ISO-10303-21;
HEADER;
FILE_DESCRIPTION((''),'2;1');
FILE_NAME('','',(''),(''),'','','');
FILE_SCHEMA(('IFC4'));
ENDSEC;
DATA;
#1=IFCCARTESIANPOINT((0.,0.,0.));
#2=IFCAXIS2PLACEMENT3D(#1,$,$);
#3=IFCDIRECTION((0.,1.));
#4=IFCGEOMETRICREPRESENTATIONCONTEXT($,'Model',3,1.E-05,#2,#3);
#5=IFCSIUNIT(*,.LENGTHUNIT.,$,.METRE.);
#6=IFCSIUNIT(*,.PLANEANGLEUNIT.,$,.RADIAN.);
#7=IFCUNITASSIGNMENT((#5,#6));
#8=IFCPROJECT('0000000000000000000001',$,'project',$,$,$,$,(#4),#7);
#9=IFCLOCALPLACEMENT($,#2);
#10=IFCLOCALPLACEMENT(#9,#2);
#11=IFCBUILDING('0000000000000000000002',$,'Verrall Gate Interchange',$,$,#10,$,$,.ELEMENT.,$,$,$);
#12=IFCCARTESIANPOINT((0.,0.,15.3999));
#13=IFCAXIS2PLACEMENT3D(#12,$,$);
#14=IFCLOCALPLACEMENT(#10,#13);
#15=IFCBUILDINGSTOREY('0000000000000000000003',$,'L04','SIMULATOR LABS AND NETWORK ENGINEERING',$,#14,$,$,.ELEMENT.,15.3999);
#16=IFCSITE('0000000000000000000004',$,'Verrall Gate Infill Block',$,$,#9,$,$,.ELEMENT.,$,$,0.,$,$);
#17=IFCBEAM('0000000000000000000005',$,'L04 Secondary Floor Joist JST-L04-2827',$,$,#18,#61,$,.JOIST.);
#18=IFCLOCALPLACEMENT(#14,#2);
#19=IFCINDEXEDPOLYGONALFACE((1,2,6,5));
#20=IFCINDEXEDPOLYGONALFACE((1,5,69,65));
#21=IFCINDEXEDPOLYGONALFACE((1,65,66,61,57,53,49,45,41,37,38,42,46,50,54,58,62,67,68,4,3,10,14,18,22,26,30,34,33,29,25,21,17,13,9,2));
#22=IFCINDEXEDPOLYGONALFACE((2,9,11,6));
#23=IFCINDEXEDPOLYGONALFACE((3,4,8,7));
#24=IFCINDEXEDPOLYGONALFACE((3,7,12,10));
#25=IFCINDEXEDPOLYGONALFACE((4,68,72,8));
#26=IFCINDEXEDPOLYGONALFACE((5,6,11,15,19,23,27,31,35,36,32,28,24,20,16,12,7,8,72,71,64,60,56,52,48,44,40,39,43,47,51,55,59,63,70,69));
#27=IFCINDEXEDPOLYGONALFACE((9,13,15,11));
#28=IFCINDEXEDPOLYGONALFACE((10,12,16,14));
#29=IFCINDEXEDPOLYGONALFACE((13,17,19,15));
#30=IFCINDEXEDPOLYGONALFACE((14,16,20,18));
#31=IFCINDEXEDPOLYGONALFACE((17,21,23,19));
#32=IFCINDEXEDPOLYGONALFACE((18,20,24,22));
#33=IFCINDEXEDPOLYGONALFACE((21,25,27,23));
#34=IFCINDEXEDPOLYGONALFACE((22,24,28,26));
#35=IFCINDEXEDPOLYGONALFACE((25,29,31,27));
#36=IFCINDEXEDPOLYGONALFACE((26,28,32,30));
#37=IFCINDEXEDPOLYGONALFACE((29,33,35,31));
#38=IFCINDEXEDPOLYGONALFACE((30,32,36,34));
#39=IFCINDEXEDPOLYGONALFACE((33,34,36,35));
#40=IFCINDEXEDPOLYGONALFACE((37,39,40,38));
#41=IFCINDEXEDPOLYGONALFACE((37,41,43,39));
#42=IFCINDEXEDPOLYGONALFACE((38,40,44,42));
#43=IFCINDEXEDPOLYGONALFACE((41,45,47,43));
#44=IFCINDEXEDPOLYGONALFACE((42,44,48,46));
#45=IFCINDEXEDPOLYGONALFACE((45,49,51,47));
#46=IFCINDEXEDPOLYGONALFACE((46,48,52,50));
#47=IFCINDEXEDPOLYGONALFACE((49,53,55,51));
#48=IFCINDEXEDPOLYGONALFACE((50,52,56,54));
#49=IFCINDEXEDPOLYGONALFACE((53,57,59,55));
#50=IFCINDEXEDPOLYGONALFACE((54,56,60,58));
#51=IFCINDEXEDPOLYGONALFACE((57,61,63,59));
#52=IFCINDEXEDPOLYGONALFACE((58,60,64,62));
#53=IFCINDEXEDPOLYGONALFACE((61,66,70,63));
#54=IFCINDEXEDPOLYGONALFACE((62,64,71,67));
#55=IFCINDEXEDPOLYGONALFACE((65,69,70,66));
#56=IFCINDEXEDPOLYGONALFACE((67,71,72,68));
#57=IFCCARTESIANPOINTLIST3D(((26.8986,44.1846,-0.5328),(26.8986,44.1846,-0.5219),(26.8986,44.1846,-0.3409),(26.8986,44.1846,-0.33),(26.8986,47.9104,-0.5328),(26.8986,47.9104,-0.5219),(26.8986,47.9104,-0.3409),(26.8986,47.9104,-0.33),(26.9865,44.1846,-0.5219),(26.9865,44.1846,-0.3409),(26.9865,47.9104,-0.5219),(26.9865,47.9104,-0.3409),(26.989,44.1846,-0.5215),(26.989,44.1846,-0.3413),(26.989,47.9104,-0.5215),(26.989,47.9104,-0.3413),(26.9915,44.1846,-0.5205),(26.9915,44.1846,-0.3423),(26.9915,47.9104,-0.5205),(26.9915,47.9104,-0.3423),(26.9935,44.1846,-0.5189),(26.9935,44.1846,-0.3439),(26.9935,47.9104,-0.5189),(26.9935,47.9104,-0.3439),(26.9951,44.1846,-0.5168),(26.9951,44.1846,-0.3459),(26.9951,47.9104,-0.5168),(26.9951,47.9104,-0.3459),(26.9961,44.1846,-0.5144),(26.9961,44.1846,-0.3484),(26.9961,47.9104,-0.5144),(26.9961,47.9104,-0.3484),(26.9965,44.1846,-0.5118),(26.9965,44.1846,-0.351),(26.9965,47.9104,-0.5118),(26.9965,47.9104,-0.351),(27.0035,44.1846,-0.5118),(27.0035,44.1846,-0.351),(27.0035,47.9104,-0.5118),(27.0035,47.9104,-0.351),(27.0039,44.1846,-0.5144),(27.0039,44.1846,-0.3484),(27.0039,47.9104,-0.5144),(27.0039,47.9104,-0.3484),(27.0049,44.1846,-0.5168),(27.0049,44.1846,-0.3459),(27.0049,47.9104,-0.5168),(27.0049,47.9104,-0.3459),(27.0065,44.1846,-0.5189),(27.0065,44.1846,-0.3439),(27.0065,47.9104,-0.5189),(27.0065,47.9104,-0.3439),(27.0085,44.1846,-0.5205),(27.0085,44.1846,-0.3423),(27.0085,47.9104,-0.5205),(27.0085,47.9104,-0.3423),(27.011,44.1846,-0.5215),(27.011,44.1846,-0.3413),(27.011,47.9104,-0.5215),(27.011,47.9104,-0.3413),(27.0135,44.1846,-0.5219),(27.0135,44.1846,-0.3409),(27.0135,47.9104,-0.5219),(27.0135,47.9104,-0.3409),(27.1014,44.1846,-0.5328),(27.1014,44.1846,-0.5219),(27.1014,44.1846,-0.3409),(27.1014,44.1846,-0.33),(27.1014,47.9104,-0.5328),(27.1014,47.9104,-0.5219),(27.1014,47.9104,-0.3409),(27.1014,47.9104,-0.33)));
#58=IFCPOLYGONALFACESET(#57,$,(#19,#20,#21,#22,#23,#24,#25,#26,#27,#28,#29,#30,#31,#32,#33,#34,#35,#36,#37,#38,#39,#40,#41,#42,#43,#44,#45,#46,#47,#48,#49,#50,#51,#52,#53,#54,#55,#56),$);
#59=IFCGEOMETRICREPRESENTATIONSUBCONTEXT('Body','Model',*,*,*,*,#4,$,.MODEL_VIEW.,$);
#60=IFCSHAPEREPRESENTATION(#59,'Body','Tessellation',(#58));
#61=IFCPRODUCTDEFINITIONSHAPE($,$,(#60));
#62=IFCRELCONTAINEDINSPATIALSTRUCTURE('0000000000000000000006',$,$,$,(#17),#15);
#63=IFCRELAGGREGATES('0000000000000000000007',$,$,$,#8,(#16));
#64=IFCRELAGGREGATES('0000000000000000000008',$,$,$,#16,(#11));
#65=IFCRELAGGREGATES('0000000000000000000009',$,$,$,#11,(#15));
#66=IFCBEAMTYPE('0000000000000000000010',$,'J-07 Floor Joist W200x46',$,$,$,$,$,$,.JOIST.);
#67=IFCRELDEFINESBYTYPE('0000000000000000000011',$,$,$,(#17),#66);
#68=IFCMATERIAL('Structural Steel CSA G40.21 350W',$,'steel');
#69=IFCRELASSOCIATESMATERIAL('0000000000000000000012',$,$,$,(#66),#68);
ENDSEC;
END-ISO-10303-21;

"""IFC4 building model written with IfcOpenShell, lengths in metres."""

from ifc_helpers import new_model, si_unit, direction, frame, origin, origin_2d, place, context, subcontext, project, spatial, i_section, extrude, material, material_profile, profile_set, type_object, element, save


model = new_model("IFC4")

# Units and contexts
model_context = context("Model", 3, precision=1e-05, world=origin(), true_north=direction((0.0, 1.0)))
body_context = subcontext(model_context, "Body", "Model", "MODEL_VIEW")
ifc_project = project(units=[si_unit("LENGTHUNIT", "METRE"), si_unit("PLANEANGLEUNIT", "RADIAN")], contexts=[model_context])

# Site, building, storey
site_placement = place(None, origin())
site = spatial("IfcSite", under=ifc_project, at=site_placement, Name="Verrall Gate Infill Block", CompositionType="ELEMENT", RefElevation=0.0)
building_placement = place(site_placement, origin())
building = spatial("IfcBuilding", under=site, at=building_placement, Name="Verrall Gate Interchange", CompositionType="ELEMENT")
storey_placement = place(building_placement, frame((0.0, 0.0, 15.3999)))
storey = spatial("IfcBuildingStorey", under=building, at=storey_placement, Name="L04", Description="SIMULATOR LABS AND NETWORK ENGINEERING", CompositionType="ELEMENT", Elevation=15.3999)

# Beam
ifc_material_1 = material(Name="Structural Steel CSA G40.21 350W", Category="steel")
ifc_material_profile_1 = material_profile(ifc_material_1, i_section(OverallWidth=0.2029, OverallDepth=0.2029, WebThickness=0.0071, FlangeThickness=0.011, FilletRadius=0.01, at=origin_2d()), Name="W200x46")
ifc_profile_set_1 = profile_set([ifc_material_profile_1], Name="Structural Steel CSA G40.21 350W")
beam_type_1 = type_object("IfcBeamType", Name="J-07 Floor Joist W200x46", PredefinedType="JOIST", material=ifc_profile_set_1)
beam_1_placement = place(storey_placement, frame((27.0, 44.1846, -0.4314), z_axis=(0.0, 1.0, 0.0), x_axis=(-1.0, 0.0, 0.0)))
element("IfcBeam", 1, at=beam_1_placement, inside=storey, type_object=beam_type_1, Name="L04 Secondary Floor Joist JST-L04-2827", PredefinedType="JOIST", context=body_context, shape_type="SweptSolid", body=[
    extrude(i_section(OverallWidth=0.2029, OverallDepth=0.2029, WebThickness=0.0071, FlangeThickness=0.011, FilletRadius=0.01, at=origin_2d()), origin(), (0.0, 0.0, 1.0), 3.7258),
])

save(model, "model.ifc")
